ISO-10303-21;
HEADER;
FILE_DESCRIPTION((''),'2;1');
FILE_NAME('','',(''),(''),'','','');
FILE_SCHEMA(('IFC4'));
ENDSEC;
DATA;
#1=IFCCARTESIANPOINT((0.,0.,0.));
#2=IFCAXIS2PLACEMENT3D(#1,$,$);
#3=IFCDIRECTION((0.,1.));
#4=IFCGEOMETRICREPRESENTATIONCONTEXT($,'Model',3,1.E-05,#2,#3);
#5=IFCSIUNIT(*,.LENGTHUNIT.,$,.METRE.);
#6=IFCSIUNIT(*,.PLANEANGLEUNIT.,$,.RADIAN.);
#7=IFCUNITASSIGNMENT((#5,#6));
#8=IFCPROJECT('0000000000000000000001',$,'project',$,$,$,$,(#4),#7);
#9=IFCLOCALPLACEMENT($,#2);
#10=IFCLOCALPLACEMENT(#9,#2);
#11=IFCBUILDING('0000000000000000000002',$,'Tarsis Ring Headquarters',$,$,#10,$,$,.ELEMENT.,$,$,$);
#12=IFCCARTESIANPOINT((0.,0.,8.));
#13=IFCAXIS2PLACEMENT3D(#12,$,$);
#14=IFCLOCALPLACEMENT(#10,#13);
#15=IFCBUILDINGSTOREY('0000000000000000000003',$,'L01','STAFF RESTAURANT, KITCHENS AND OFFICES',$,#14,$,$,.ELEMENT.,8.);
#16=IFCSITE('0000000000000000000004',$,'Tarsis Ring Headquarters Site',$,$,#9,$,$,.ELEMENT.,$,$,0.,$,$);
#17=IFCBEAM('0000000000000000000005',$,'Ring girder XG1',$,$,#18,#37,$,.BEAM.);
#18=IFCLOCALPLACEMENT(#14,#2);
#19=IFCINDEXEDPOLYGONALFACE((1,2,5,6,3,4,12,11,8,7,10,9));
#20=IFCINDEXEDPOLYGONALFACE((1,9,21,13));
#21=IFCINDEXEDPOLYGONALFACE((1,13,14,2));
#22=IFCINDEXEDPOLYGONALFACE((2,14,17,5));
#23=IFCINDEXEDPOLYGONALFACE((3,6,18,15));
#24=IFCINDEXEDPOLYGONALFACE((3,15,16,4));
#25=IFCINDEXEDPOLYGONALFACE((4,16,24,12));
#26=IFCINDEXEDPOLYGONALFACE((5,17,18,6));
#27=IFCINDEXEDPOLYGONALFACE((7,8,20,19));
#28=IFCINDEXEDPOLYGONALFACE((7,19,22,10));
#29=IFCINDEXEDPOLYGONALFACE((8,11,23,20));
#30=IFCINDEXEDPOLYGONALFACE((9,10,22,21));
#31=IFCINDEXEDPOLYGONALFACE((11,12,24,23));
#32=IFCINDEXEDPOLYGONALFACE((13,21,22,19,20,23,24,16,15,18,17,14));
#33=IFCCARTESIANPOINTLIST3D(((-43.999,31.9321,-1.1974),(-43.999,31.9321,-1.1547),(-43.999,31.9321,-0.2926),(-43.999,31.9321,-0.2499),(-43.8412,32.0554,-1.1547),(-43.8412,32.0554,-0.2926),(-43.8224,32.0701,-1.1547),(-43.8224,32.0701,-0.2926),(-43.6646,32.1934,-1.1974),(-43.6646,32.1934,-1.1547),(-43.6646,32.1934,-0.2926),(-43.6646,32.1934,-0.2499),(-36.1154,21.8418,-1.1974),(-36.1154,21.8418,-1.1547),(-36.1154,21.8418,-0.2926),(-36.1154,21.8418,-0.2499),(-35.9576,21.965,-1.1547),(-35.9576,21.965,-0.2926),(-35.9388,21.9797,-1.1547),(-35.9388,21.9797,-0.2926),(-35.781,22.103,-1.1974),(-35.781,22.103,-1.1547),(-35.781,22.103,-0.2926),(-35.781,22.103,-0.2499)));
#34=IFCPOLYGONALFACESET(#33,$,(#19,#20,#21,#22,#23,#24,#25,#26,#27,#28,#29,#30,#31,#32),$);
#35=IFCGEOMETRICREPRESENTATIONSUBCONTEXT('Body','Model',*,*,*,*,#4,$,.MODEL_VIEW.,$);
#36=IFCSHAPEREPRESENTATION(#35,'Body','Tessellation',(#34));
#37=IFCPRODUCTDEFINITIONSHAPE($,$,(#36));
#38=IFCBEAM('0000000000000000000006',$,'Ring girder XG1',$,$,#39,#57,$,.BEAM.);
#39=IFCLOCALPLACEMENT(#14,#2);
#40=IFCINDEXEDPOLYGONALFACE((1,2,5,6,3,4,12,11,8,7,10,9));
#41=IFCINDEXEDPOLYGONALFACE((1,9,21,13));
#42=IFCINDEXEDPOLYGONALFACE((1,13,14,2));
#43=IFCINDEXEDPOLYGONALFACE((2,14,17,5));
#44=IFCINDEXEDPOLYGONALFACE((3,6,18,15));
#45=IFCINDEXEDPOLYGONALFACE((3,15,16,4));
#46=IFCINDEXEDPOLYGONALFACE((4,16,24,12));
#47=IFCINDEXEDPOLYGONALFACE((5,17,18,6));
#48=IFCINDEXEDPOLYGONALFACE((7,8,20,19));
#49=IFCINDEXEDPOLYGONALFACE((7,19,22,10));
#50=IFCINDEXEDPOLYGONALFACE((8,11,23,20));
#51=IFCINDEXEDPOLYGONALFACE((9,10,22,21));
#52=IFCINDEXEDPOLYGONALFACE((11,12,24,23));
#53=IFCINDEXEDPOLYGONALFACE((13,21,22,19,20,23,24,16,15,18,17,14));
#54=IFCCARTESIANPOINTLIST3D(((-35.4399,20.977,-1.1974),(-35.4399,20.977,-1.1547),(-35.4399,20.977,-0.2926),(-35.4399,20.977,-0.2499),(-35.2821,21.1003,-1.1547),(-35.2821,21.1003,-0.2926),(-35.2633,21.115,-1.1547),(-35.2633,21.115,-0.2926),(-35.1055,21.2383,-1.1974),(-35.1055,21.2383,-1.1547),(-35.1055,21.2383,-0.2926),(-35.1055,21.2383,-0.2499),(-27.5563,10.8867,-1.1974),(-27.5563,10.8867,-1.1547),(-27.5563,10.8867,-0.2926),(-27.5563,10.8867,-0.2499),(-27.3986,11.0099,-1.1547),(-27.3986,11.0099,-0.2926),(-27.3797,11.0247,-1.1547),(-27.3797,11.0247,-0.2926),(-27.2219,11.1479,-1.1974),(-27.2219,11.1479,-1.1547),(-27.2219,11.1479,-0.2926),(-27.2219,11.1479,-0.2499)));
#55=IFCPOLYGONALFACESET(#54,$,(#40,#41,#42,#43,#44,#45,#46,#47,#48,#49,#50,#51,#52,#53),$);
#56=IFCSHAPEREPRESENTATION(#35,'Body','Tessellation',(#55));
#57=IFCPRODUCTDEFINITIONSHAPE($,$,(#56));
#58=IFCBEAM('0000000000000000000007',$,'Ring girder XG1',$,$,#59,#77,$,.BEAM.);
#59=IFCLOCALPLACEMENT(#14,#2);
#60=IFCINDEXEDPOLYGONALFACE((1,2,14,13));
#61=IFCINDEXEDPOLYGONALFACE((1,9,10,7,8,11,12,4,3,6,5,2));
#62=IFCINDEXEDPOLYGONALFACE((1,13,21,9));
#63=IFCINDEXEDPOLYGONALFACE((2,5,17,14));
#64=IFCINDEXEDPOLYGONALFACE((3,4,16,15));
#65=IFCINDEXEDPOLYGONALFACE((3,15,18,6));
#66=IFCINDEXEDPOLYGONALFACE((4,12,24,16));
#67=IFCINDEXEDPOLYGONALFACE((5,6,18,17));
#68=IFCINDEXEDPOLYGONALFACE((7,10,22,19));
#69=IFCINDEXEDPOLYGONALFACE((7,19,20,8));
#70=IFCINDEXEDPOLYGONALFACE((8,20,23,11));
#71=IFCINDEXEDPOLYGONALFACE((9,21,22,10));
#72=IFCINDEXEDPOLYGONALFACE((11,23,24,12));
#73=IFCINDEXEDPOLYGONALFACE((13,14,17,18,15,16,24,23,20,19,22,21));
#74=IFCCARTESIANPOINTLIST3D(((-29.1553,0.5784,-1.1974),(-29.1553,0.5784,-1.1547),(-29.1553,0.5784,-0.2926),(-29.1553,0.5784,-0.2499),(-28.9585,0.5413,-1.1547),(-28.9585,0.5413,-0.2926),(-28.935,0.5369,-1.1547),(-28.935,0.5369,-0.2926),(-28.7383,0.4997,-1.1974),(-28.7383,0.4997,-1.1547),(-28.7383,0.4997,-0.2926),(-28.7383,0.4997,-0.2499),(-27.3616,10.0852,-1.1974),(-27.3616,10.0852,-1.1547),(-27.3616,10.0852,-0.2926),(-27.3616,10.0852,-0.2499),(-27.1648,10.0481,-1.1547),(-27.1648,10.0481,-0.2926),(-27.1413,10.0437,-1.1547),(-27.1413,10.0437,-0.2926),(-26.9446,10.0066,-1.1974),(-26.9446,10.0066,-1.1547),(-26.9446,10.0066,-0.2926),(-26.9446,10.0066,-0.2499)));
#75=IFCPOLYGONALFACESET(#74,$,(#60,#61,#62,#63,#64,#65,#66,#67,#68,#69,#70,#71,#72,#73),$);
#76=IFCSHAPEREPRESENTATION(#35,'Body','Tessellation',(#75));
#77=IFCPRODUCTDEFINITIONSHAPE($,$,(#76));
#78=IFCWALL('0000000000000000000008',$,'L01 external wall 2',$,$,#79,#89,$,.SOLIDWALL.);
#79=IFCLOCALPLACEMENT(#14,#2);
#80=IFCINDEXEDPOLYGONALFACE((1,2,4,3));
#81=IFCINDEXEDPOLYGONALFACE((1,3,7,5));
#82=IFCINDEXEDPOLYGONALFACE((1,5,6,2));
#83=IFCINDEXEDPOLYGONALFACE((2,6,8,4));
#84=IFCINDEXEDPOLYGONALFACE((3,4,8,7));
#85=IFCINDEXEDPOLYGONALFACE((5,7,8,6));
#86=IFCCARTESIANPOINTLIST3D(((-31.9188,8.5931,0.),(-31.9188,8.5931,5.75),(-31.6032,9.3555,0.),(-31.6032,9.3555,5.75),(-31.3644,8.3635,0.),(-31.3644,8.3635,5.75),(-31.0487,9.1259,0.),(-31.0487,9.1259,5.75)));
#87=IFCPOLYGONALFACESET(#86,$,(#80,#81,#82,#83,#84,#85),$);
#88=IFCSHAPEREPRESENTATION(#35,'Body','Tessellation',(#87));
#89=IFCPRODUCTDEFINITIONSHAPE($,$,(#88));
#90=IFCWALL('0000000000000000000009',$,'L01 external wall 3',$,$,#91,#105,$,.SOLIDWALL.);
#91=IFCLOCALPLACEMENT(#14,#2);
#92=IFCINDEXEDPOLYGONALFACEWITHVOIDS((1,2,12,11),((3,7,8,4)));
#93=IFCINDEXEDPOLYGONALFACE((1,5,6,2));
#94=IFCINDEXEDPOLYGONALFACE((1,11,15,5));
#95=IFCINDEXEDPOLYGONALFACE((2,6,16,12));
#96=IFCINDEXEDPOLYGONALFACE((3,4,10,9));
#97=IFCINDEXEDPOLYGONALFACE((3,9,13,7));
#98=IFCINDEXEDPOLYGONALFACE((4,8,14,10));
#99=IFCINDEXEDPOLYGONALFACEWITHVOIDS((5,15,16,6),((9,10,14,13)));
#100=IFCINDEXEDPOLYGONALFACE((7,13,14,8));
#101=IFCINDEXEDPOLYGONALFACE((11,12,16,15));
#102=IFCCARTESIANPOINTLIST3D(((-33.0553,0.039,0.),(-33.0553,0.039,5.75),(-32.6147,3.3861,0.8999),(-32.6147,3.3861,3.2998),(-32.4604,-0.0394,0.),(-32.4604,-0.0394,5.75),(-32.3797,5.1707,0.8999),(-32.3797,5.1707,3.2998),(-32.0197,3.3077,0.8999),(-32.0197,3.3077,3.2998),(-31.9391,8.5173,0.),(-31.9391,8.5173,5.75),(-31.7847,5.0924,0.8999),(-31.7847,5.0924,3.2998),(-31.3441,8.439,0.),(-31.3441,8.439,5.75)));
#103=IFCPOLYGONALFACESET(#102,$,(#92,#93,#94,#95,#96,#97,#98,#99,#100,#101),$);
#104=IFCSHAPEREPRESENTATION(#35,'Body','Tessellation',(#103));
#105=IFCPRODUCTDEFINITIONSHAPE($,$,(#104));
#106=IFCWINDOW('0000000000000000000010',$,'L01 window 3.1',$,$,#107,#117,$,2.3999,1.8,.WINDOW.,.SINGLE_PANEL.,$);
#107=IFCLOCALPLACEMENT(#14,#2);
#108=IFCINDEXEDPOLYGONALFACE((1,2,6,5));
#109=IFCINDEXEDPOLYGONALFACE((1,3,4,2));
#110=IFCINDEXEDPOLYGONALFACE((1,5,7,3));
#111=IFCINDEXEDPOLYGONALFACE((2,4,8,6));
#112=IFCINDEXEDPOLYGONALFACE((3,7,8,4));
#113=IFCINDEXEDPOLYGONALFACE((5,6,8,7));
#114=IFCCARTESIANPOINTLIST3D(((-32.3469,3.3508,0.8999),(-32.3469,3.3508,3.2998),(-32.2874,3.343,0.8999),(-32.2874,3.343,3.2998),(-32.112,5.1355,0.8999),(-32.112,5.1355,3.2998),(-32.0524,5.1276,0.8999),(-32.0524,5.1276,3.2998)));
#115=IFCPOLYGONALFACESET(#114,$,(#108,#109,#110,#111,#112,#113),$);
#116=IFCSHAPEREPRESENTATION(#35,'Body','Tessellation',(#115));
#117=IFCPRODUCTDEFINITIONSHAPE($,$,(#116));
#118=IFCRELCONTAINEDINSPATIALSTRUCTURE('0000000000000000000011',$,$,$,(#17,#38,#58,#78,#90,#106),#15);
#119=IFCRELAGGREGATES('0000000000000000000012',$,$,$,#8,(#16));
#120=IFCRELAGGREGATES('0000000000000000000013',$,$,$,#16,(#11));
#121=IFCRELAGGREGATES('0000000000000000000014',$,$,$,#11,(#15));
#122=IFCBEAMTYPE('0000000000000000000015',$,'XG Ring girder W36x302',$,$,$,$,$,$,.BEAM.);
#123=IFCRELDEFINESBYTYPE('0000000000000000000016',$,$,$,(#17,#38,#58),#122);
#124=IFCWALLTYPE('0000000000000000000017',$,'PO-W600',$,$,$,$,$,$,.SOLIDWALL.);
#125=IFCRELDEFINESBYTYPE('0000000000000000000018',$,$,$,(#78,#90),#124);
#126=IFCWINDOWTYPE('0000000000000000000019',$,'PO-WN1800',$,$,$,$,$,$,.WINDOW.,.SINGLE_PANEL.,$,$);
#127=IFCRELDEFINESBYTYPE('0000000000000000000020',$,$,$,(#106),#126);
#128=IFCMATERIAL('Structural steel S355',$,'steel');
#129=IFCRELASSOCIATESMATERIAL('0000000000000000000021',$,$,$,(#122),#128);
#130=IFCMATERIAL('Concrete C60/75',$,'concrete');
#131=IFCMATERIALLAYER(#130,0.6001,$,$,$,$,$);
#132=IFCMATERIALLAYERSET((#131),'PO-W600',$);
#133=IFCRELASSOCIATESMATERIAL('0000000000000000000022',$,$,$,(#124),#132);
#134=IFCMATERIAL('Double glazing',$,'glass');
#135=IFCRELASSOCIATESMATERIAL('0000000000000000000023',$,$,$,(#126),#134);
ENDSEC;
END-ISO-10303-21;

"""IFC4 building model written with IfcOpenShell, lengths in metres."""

from ifc_helpers import new_model, si_unit, direction, frame, frame_2d, origin, origin_2d, place, context, subcontext, project, spatial, rectangle, i_section, extrude, material, layer, layer_set, material_profile, profile_set, type_object, element, fill, save


model = new_model("IFC4")

# Units and contexts
model_context = context("Model", 3, precision=1e-05, world=origin(), true_north=direction((0.0, 1.0)))
body_context = subcontext(model_context, "Body", "Model", "MODEL_VIEW")
ifc_project = project(units=[si_unit("LENGTHUNIT", "METRE"), si_unit("PLANEANGLEUNIT", "RADIAN")], contexts=[model_context])

# Site, building, storey
site_placement = place(None, origin())
site = spatial("IfcSite", under=ifc_project, at=site_placement, Name="Tarsis Ring Headquarters Site", CompositionType="ELEMENT", RefElevation=0.0)
building_placement = place(site_placement, origin())
building = spatial("IfcBuilding", under=site, at=building_placement, Name="Tarsis Ring Headquarters", CompositionType="ELEMENT")
storey_placement = place(building_placement, frame((0.0, 0.0, 8.0)))
storey = spatial("IfcBuildingStorey", under=building, at=storey_placement, Name="L01", Description="STAFF RESTAURANT, KITCHENS AND OFFICES", CompositionType="ELEMENT", Elevation=8.0)

# Shared definitions
ifc_material_1 = material(Name="Concrete C60/75", Category="concrete")

# Beams
ifc_material_2 = material(Name="Structural steel S355", Category="steel")
ifc_material_profile_1 = material_profile(ifc_material_2, i_section(OverallWidth=0.4243, OverallDepth=0.9475, WebThickness=0.0239, FlangeThickness=0.0427, at=origin_2d()), Name="W36x302")
ifc_profile_set_1 = profile_set([ifc_material_profile_1], Name="Structural steel S355")
beam_type_1 = type_object("IfcBeamType", Name="XG Ring girder W36x302", PredefinedType="BEAM", material=ifc_profile_set_1)
for number, where, z_axis, x_axis, name in (
    (1, (-43.8318, 32.0627, -0.7236), (0.615667, -0.788006, 0.0), (0.788006, 0.615667, 0.0), "Ring girder XG1"),
    (2, (-35.2727, 21.1077, -0.7236), (0.615667, -0.788006, 0.0), (0.788006, 0.615667, 0.0), "Ring girder XG1"),
):
    element("IfcBeam", number, at=place(storey_placement, frame(where, z_axis=z_axis, x_axis=x_axis)), inside=storey, type_object=beam_type_1, Name=name, PredefinedType="BEAM", context=body_context, shape_type="SweptSolid", body=[
        extrude(i_section(OverallWidth=0.4243, OverallDepth=0.9475, WebThickness=0.0239, FlangeThickness=0.0427, at=origin_2d()), origin(), (0.0, 0.0, 1.0), 12.8049),
    ])
beam_1_placement = place(storey_placement, frame((-27.1531, 10.0459, -0.7236), z_axis=(-0.185404, -0.982662, 0.0), x_axis=(0.982662, -0.185404, 0.0)))
element("IfcBeam", 3, at=beam_1_placement, inside=storey, type_object=beam_type_1, Name="Ring girder XG1", PredefinedType="BEAM", context=body_context, shape_type="SweptSolid", body=[
    extrude(i_section(OverallWidth=0.4243, OverallDepth=0.9475, WebThickness=0.0239, FlangeThickness=0.0427, at=origin_2d()), origin(), (0.0, 0.0, 1.0), 9.6746),
])

# Wall
ifc_layer = layer(ifc_material_1, 0.6001)
ifc_layer_set = layer_set([ifc_layer], Name="PO-W600")
wall_type = type_object("IfcWallType", Name="PO-W600", PredefinedType="SOLIDWALL", material=ifc_layer_set)
wall_1_placement = place(storey_placement, frame((-31.3259, 9.2407, 0.0), z_axis=(0.0, 0.0, 1.0), x_axis=(-0.382535, -0.923941, 0.0)))
element("IfcWall", 4, at=wall_1_placement, inside=storey, type_object=wall_type, Name="L01 external wall 2", PredefinedType="SOLIDWALL", context=body_context, shape_type="SweptSolid", body=[
    extrude(rectangle(XDim=0.8252, YDim=0.6001, at=frame_2d((0.4126, 0.0))), origin(), (0.0, 0.0, 1.0), 5.75),
])

# Wall, opening, window
wall_2_placement = place(storey_placement, frame((-31.6416, 8.4783, 0.0), z_axis=(0.0, 0.0, 1.0), x_axis=(-0.130529, -0.991444, 0.0)))
wall_2 = element("IfcWall", 5, at=wall_2_placement, inside=storey, type_object=wall_type, Name="L01 external wall 3", PredefinedType="SOLIDWALL", context=body_context, shape_type="SweptSolid", body=[
    extrude(rectangle(XDim=8.5515, YDim=0.6001, at=frame_2d((4.2759, 0.0))), origin(), (0.0, 0.0, 1.0), 5.75),
])
opening_placement = place(wall_2_placement, frame((3.3757, 0.0, 0.8999)))
opening = element("IfcOpeningElement", 6, at=opening_placement, cuts=wall_2, PredefinedType="OPENING", context=body_context, shape_type="SweptSolid", body=[
    extrude(rectangle(XDim=1.8, YDim=2.3999, at=frame_2d((0.8999, 1.2))), frame((0.0, 0.3101, 0.0), z_axis=(0.0, -1.0, 0.0), x_axis=(1.0, 0.0, 0.0)), (0.0, 0.0, 1.0), 0.6201),
])
ifc_material_3 = material(Name="Double glazing", Category="glass")
window_type = type_object("IfcWindowType", Name="PO-WN1800", PartitioningType="SINGLE_PANEL", PredefinedType="WINDOW", material=ifc_material_3)
window_placement = place(opening_placement, origin())
window = element("IfcWindow", 7, at=window_placement, inside=storey, type_object=window_type, Name="L01 window 3.1", OverallHeight=2.3999, OverallWidth=1.8, PartitioningType="SINGLE_PANEL", PredefinedType="WINDOW", context=body_context, shape_type="SweptSolid", body=[
    extrude(rectangle(XDim=1.8, YDim=2.3999, at=frame_2d((0.8999, 1.2))), frame((0.0, 0.03, 0.0), z_axis=(0.0, -1.0, 0.0), x_axis=(1.0, 0.0, 0.0)), (0.0, 0.0, 1.0), 0.0601),
])
fill(opening, window)

save(model, "model.ifc")
